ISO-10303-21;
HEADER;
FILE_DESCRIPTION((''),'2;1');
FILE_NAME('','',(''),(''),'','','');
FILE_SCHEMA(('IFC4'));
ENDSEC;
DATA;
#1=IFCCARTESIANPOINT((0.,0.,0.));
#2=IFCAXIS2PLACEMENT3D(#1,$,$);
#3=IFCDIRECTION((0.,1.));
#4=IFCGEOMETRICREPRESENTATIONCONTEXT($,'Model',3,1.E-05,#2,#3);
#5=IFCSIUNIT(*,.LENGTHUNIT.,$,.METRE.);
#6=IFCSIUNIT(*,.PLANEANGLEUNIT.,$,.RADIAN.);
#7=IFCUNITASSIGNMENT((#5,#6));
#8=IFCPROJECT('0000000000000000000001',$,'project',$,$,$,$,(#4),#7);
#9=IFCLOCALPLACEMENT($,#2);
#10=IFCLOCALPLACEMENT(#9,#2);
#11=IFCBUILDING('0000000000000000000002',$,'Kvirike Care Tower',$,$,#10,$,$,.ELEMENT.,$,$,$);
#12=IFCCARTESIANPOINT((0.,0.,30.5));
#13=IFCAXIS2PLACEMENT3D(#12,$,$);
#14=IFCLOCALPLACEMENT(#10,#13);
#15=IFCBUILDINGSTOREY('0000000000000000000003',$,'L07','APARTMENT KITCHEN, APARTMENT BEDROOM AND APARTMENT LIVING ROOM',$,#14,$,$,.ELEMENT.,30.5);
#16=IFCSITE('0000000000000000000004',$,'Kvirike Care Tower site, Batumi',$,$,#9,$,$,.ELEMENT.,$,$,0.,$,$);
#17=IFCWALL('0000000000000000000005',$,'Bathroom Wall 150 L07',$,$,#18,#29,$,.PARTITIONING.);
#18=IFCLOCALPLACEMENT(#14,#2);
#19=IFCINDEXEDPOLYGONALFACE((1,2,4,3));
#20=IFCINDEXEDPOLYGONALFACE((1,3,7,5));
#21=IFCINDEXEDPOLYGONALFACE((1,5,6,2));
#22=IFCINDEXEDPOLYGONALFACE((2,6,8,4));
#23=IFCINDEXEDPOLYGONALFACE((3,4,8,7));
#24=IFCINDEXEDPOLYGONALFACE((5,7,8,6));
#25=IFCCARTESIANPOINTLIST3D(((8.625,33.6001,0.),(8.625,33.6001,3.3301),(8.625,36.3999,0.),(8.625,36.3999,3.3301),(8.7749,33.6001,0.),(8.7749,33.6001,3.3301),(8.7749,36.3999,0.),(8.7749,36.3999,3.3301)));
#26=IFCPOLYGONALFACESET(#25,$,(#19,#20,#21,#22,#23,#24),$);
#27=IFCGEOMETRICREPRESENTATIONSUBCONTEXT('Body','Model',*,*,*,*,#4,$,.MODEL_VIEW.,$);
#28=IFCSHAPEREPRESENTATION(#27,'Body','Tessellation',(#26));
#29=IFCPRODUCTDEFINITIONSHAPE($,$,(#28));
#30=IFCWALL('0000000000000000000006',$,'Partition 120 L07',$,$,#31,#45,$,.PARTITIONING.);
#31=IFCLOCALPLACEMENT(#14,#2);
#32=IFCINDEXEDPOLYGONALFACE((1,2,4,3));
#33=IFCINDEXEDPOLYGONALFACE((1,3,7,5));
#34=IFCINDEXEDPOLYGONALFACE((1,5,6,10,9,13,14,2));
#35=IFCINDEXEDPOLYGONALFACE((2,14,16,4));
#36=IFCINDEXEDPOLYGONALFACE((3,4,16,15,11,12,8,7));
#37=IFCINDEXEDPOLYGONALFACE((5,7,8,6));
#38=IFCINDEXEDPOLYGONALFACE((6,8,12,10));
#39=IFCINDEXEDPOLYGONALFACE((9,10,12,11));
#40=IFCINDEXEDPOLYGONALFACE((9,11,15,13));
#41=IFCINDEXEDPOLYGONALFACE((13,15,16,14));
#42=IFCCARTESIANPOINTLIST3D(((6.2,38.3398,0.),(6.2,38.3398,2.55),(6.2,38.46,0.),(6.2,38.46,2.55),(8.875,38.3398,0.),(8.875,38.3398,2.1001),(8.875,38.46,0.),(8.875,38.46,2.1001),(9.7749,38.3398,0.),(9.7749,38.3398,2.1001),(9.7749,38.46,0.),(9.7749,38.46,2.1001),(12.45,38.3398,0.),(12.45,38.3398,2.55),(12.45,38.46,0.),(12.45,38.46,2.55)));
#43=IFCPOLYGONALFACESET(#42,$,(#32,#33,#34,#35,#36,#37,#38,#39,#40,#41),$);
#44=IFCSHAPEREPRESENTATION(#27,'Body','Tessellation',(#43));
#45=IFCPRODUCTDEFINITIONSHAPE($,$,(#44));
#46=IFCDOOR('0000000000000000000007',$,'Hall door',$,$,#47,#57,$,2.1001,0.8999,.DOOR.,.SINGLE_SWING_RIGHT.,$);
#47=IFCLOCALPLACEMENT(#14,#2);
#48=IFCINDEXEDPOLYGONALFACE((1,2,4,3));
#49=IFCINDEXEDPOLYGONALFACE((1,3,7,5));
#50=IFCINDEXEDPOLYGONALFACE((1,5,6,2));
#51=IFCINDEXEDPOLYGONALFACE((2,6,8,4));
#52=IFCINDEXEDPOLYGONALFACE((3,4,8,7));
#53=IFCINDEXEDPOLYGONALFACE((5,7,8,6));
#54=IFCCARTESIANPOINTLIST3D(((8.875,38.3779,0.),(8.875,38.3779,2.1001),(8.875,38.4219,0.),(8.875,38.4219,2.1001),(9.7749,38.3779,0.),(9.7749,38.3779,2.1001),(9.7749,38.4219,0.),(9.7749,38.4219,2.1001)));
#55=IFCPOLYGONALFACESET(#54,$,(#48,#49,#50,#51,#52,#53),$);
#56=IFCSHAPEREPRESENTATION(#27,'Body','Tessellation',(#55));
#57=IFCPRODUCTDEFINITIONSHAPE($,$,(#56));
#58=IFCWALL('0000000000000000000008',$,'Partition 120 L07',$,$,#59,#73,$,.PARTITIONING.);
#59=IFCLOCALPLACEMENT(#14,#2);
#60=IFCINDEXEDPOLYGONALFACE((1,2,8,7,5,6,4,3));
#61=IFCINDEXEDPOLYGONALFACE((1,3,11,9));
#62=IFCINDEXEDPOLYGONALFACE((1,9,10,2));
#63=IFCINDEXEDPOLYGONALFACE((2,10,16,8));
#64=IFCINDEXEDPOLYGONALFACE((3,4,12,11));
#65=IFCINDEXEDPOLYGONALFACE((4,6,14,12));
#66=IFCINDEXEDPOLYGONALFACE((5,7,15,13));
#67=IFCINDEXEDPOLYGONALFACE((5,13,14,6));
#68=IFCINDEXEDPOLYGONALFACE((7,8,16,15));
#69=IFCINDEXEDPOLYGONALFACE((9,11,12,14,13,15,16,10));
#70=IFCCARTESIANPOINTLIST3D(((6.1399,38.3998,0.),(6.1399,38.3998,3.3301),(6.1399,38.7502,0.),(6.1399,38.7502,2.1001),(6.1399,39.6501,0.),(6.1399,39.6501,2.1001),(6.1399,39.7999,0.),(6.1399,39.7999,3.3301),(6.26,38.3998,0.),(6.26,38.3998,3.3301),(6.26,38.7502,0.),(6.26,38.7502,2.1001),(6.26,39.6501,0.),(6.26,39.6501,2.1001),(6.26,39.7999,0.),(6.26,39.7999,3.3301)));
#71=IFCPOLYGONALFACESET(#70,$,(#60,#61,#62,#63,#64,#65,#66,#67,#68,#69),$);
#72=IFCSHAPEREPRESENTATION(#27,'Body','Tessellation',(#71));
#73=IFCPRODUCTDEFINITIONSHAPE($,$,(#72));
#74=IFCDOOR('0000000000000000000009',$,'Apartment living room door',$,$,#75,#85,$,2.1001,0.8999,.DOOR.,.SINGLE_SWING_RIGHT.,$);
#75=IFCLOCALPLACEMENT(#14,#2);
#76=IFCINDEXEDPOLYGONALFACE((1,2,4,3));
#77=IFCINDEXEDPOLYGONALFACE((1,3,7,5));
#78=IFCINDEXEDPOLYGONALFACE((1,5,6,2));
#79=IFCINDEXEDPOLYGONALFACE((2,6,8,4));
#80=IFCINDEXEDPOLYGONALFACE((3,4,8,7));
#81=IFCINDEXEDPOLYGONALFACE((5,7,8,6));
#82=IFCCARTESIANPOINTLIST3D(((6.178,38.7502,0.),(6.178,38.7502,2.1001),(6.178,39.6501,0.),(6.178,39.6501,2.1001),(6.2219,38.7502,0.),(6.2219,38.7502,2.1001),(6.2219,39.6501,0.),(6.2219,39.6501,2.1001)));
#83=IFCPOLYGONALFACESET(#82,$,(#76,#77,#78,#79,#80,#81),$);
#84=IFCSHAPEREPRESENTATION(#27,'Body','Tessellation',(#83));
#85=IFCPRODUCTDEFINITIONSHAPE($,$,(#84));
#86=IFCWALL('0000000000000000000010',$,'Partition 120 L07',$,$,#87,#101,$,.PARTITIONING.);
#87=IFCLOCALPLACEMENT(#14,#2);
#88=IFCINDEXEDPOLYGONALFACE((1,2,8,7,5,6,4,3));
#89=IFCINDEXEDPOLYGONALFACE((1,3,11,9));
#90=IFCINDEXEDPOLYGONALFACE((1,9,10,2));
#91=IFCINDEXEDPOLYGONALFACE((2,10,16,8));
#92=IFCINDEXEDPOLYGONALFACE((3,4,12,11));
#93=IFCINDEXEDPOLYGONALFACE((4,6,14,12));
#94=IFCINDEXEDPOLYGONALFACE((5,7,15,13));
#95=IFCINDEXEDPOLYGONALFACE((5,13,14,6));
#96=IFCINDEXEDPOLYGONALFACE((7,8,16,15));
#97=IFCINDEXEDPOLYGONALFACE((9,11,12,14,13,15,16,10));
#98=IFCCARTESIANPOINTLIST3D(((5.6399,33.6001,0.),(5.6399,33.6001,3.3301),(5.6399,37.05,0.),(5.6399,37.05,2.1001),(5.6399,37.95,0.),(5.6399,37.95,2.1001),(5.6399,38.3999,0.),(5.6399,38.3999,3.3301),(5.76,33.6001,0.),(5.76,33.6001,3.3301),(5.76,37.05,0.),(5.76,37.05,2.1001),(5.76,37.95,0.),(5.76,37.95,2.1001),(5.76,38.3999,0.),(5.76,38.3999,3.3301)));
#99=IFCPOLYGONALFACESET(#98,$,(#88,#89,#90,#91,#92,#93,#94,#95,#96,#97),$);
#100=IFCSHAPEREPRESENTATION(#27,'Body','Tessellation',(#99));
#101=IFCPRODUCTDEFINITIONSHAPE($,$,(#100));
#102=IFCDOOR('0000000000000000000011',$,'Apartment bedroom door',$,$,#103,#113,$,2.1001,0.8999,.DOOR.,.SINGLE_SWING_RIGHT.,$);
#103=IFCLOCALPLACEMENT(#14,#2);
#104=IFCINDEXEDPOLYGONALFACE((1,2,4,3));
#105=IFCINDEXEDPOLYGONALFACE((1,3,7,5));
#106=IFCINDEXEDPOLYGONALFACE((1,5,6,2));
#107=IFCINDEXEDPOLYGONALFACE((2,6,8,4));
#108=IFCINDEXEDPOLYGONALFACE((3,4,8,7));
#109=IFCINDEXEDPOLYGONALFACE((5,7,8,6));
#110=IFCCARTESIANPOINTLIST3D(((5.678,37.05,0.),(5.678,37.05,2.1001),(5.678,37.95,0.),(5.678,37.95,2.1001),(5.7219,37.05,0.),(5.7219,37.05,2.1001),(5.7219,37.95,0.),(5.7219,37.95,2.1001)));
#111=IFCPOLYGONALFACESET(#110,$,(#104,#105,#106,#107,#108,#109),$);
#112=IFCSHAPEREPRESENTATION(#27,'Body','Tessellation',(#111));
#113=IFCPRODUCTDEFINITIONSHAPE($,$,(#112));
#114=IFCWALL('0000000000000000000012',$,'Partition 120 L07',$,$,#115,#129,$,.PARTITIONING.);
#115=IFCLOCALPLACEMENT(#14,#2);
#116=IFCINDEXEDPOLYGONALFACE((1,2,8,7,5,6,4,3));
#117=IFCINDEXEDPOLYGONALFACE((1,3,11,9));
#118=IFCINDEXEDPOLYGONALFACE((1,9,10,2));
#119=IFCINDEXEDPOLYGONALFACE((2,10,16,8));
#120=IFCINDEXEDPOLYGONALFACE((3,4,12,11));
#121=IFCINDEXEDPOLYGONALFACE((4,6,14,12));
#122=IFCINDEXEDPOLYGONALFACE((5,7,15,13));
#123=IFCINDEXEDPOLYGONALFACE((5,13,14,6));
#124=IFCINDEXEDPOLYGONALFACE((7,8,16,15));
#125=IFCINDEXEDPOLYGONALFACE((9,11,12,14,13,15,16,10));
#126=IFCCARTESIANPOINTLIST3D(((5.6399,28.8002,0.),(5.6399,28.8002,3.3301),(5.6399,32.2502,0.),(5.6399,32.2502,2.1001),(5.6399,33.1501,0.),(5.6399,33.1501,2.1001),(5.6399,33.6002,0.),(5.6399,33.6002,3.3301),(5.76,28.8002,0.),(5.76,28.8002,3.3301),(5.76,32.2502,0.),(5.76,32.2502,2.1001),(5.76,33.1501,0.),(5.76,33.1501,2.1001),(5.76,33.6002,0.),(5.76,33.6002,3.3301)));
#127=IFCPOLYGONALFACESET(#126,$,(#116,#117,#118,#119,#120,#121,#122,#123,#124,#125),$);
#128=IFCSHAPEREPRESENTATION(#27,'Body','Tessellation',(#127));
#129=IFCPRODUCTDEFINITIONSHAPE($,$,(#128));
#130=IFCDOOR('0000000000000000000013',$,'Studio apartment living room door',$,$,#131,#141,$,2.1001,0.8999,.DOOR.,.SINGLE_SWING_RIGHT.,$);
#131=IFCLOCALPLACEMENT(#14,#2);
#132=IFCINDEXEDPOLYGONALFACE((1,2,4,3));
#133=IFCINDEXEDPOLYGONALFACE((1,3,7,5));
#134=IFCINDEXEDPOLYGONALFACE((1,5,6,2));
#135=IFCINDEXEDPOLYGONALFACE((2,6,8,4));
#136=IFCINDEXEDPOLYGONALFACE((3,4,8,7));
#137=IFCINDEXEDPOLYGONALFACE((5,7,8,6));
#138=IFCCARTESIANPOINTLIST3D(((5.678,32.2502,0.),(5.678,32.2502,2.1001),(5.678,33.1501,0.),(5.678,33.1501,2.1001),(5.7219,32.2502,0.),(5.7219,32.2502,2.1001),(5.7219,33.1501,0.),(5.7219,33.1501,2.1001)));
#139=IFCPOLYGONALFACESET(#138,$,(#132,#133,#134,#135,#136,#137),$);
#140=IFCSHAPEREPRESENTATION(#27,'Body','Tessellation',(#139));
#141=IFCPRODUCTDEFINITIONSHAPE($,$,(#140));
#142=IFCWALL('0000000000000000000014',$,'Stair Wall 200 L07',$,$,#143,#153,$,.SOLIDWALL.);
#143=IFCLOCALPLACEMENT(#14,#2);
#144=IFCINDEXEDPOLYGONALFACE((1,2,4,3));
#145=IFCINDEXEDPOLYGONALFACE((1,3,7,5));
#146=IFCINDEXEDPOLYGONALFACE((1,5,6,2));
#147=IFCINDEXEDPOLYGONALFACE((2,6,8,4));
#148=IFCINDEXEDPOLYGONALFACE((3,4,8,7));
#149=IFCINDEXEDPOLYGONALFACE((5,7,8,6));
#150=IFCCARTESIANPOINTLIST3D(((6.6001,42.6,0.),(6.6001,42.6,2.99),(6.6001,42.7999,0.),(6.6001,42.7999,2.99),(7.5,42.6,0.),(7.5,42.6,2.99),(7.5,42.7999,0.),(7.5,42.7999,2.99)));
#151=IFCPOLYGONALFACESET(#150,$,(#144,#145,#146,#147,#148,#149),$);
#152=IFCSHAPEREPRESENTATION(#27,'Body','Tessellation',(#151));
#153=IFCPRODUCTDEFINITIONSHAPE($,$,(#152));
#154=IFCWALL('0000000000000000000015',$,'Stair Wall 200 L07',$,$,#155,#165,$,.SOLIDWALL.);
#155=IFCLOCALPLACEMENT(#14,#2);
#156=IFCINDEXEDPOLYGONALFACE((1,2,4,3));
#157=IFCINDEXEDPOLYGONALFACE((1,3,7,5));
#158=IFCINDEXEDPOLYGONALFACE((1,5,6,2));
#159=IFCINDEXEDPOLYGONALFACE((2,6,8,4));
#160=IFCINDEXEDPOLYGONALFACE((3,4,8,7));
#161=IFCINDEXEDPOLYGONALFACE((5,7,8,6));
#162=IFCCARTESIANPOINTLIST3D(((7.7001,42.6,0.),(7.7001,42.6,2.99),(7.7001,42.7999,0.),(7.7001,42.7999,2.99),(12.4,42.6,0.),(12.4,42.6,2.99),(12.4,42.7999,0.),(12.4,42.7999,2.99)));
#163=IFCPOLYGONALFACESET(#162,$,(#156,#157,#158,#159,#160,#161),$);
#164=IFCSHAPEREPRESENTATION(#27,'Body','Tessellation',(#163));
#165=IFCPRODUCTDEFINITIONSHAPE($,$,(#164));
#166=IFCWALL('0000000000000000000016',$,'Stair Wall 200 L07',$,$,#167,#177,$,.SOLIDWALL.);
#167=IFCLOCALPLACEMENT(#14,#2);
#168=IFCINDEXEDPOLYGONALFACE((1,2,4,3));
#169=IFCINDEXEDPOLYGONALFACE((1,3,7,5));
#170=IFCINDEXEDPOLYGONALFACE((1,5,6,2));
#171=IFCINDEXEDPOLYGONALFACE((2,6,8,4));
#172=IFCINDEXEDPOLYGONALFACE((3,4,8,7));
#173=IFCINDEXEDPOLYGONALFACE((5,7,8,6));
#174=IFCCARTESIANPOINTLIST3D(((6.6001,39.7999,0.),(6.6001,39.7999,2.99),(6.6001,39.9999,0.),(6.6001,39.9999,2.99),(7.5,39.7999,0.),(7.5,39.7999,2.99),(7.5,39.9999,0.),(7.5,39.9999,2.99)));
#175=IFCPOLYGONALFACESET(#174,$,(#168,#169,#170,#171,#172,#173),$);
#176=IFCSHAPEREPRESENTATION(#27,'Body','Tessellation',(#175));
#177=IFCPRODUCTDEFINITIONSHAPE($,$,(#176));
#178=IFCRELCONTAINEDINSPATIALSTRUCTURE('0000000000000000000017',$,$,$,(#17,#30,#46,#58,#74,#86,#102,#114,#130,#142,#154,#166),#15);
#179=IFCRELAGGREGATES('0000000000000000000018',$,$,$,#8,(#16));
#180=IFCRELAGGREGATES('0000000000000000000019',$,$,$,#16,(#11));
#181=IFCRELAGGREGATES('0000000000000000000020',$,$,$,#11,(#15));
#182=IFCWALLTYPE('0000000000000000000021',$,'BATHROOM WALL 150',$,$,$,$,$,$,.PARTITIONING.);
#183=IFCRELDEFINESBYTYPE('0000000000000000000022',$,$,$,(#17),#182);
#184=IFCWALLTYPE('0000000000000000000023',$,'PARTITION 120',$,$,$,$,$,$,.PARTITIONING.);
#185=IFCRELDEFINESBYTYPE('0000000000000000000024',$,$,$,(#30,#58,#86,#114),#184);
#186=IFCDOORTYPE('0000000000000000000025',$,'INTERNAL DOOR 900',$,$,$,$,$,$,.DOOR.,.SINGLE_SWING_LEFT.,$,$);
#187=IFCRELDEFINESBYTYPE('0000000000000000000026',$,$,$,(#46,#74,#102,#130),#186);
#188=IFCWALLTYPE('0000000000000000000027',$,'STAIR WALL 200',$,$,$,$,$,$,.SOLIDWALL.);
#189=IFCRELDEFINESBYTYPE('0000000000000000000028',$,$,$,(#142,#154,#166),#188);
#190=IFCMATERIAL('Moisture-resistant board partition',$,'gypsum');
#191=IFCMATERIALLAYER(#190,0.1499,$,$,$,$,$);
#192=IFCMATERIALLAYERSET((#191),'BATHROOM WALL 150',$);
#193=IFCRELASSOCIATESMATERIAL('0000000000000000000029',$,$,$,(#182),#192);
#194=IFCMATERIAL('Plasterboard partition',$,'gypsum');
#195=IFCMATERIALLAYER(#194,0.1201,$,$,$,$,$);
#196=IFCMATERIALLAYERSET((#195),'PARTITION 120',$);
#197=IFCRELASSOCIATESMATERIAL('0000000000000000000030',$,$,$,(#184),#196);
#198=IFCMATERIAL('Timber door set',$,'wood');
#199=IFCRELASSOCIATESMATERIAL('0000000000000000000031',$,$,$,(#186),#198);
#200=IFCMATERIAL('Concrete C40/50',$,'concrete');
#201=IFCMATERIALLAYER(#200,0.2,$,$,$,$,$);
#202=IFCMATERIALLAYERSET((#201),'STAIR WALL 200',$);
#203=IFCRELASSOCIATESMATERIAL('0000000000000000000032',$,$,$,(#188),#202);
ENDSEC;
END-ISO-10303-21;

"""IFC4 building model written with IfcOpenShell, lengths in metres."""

from ifc_helpers import new_model, si_unit, direction, frame, frame_2d, origin, place, context, subcontext, project, spatial, rectangle, extrude, material, layer, layer_set, type_object, element, fill, save


model = new_model("IFC4")

# Units and contexts
model_context = context("Model", 3, precision=1e-05, world=origin(), true_north=direction((0.0, 1.0)))
body_context = subcontext(model_context, "Body", "Model", "MODEL_VIEW")
ifc_project = project(units=[si_unit("LENGTHUNIT", "METRE"), si_unit("PLANEANGLEUNIT", "RADIAN")], contexts=[model_context])

# Site, building, storey
site_placement = place(None, origin())
site = spatial("IfcSite", under=ifc_project, at=site_placement, Name="Kvirike Care Tower site, Batumi", CompositionType="ELEMENT", RefElevation=0.0)
building_placement = place(site_placement, origin())
building = spatial("IfcBuilding", under=site, at=building_placement, Name="Kvirike Care Tower", CompositionType="ELEMENT")
storey_placement = place(building_placement, frame((0.0, 0.0, 30.5)))
storey = spatial("IfcBuildingStorey", under=building, at=storey_placement, Name="L07", Description="APARTMENT KITCHEN, APARTMENT BEDROOM AND APARTMENT LIVING ROOM", CompositionType="ELEMENT", Elevation=30.5)

# Shared definitions
ifc_material_1 = material(Name="Moisture-resistant board partition", Category="gypsum")
ifc_layer_1 = layer(ifc_material_1, 0.1499)
ifc_layer_set_1 = layer_set([ifc_layer_1], Name="BATHROOM WALL 150")
wall_type_1 = type_object("IfcWallType", Name="BATHROOM WALL 150", PredefinedType="PARTITIONING", material=ifc_layer_set_1)

# Wall
wall_1_placement = place(storey_placement, frame((8.7, 36.3999, 0.0), z_axis=(0.0, 0.0, 1.0), x_axis=(0.0, -1.0, 0.0)))
element("IfcWall", 1, at=wall_1_placement, inside=storey, type_object=wall_type_1, Name="Bathroom Wall 150 L07", PredefinedType="PARTITIONING", context=body_context, shape_type="SweptSolid", body=[
    extrude(rectangle(XDim=2.7998, YDim=0.1499, at=frame_2d((1.3999, 0.0))), origin(), (0.0, 0.0, 1.0), 3.3301),
])

# Walls, openings, doors
ifc_material_2 = material(Name="Plasterboard partition", Category="gypsum")
ifc_layer_2 = layer(ifc_material_2, 0.1201)
ifc_layer_set_2 = layer_set([ifc_layer_2], Name="PARTITION 120")
wall_type_2 = type_object("IfcWallType", Name="PARTITION 120", PredefinedType="PARTITIONING", material=ifc_layer_set_2)
wall_2_placement = place(storey_placement, frame((6.2, 38.3999, 0.0), z_axis=(0.0, 0.0, 1.0), x_axis=(1.0, 0.0, 0.0)))
wall_2 = element("IfcWall", 2, at=wall_2_placement, inside=storey, type_object=wall_type_2, Name="Partition 120 L07", PredefinedType="PARTITIONING", context=body_context, shape_type="SweptSolid", body=[
    extrude(rectangle(XDim=6.25, YDim=0.1201, at=frame_2d((3.125, 0.0))), origin(), (0.0, 0.0, 1.0), 2.55),
])
opening_1_placement = place(wall_2_placement, frame((2.675, 0.0, 0.0)))
opening_1 = element("IfcOpeningElement", 3, at=opening_1_placement, cuts=wall_2, PredefinedType="OPENING", context=body_context, shape_type="SweptSolid", body=[
    extrude(rectangle(XDim=0.8999, YDim=2.1001, at=frame_2d((0.45, 1.05))), frame((0.0, 0.0706, 0.0), z_axis=(0.0, -1.0, 0.0), x_axis=(1.0, 0.0, 0.0)), (0.0, 0.0, 1.0), 0.1411),
])
ifc_material_3 = material(Name="Timber door set", Category="wood")
door_type_1 = type_object("IfcDoorType", Name="INTERNAL DOOR 900", OperationType="SINGLE_SWING_LEFT", PredefinedType="DOOR", material=ifc_material_3)
door_1_placement = place(opening_1_placement, origin())
door_1 = element("IfcDoor", 4, at=door_1_placement, inside=storey, type_object=door_type_1, Name="Hall door", OperationType="SINGLE_SWING_RIGHT", OverallHeight=2.1001, OverallWidth=0.8999, PredefinedType="DOOR", context=body_context, shape_type="SweptSolid", body=[
    extrude(rectangle(XDim=0.8999, YDim=2.1001, at=frame_2d((0.45, 1.05))), frame((0.0, 0.022, 0.0), z_axis=(0.0, -1.0, 0.0), x_axis=(1.0, 0.0, 0.0)), (0.0, 0.0, 1.0), 0.0439),
])
fill(opening_1, door_1)
wall_3_placement = place(storey_placement, frame((6.2, 39.8, 0.0), z_axis=(0.0, 0.0, 1.0), x_axis=(0.0, -1.0, 0.0)))
wall_3 = element("IfcWall", 5, at=wall_3_placement, inside=storey, type_object=wall_type_2, Name="Partition 120 L07", PredefinedType="PARTITIONING", context=body_context, shape_type="SweptSolid", body=[
    extrude(rectangle(XDim=1.4001, YDim=0.1201, at=frame_2d((0.7002, 0.0))), origin(), (0.0, 0.0, 1.0), 3.3301),
])
opening_2_placement = place(wall_3_placement, frame((0.1499, 0.0, 0.0)))
opening_2 = element("IfcOpeningElement", 6, at=opening_2_placement, cuts=wall_3, PredefinedType="OPENING", context=body_context, shape_type="SweptSolid", body=[
    extrude(rectangle(XDim=0.8999, YDim=2.1001, at=frame_2d((0.45, 1.05))), frame((0.0, 0.0706, 0.0), z_axis=(0.0, -1.0, 0.0), x_axis=(1.0, 0.0, 0.0)), (0.0, 0.0, 1.0), 0.1411),
])
door_2_placement = place(opening_2_placement, origin())
door_2 = element("IfcDoor", 7, at=door_2_placement, inside=storey, type_object=door_type_1, Name="Apartment living room door", OperationType="SINGLE_SWING_RIGHT", OverallHeight=2.1001, OverallWidth=0.8999, PredefinedType="DOOR", context=body_context, shape_type="SweptSolid", body=[
    extrude(rectangle(XDim=0.8999, YDim=2.1001, at=frame_2d((0.45, 1.05))), frame((0.0, 0.022, 0.0), z_axis=(0.0, -1.0, 0.0), x_axis=(1.0, 0.0, 0.0)), (0.0, 0.0, 1.0), 0.0439),
])
fill(opening_2, door_2)
wall_4_placement = place(storey_placement, frame((5.7, 38.3999, 0.0), z_axis=(0.0, 0.0, 1.0), x_axis=(0.0, -1.0, 0.0)))
wall_4 = element("IfcWall", 8, at=wall_4_placement, inside=storey, type_object=wall_type_2, Name="Partition 120 L07", PredefinedType="PARTITIONING", context=body_context, shape_type="SweptSolid", body=[
    extrude(rectangle(XDim=4.7998, YDim=0.1201, at=frame_2d((2.3999, 0.0))), origin(), (0.0, 0.0, 1.0), 3.3301),
])
opening_3_placement = place(wall_4_placement, frame((0.45, 0.0, 0.0)))
opening_3 = element("IfcOpeningElement", 9, at=opening_3_placement, cuts=wall_4, PredefinedType="OPENING", context=body_context, shape_type="SweptSolid", body=[
    extrude(rectangle(XDim=0.8999, YDim=2.1001, at=frame_2d((0.45, 1.05))), frame((0.0, 0.0706, 0.0), z_axis=(0.0, -1.0, 0.0), x_axis=(1.0, 0.0, 0.0)), (0.0, 0.0, 1.0), 0.1411),
])
door_3_placement = place(opening_3_placement, origin())
door_3 = element("IfcDoor", 10, at=door_3_placement, inside=storey, type_object=door_type_1, Name="Apartment bedroom door", OperationType="SINGLE_SWING_RIGHT", OverallHeight=2.1001, OverallWidth=0.8999, PredefinedType="DOOR", context=body_context, shape_type="SweptSolid", body=[
    extrude(rectangle(XDim=0.8999, YDim=2.1001, at=frame_2d((0.45, 1.05))), frame((0.0, 0.022, 0.0), z_axis=(0.0, -1.0, 0.0), x_axis=(1.0, 0.0, 0.0)), (0.0, 0.0, 1.0), 0.0439),
])
fill(opening_3, door_3)
wall_5_placement = place(storey_placement, frame((5.7, 33.6001, 0.0), z_axis=(0.0, 0.0, 1.0), x_axis=(0.0, -1.0, 0.0)))
wall_5 = element("IfcWall", 11, at=wall_5_placement, inside=storey, type_object=wall_type_2, Name="Partition 120 L07", PredefinedType="PARTITIONING", context=body_context, shape_type="SweptSolid", body=[
    extrude(rectangle(XDim=4.8, YDim=0.1201, at=frame_2d((2.3999, 0.0))), origin(), (0.0, 0.0, 1.0), 3.3301),
])
opening_4_placement = place(wall_5_placement, frame((0.45, 0.0, 0.0)))
opening_4 = element("IfcOpeningElement", 12, at=opening_4_placement, cuts=wall_5, PredefinedType="OPENING", context=body_context, shape_type="SweptSolid", body=[
    extrude(rectangle(XDim=0.8999, YDim=2.1001, at=frame_2d((0.45, 1.05))), frame((0.0, 0.0706, 0.0), z_axis=(0.0, -1.0, 0.0), x_axis=(1.0, 0.0, 0.0)), (0.0, 0.0, 1.0), 0.1411),
])
door_4_placement = place(opening_4_placement, origin())
door_4 = element("IfcDoor", 13, at=door_4_placement, inside=storey, type_object=door_type_1, Name="Studio apartment living room door", OperationType="SINGLE_SWING_RIGHT", OverallHeight=2.1001, OverallWidth=0.8999, PredefinedType="DOOR", context=body_context, shape_type="SweptSolid", body=[
    extrude(rectangle(XDim=0.8999, YDim=2.1001, at=frame_2d((0.45, 1.05))), frame((0.0, 0.022, 0.0), z_axis=(0.0, -1.0, 0.0), x_axis=(1.0, 0.0, 0.0)), (0.0, 0.0, 1.0), 0.0439),
])
fill(opening_4, door_4)

# Walls
ifc_material_4 = material(Name="Concrete C40/50", Category="concrete")
ifc_layer_3 = layer(ifc_material_4, 0.2)
ifc_layer_set_3 = layer_set([ifc_layer_3], Name="STAIR WALL 200")
wall_type_3 = type_object("IfcWallType", Name="STAIR WALL 200", PredefinedType="SOLIDWALL", material=ifc_layer_set_3)
wall_6_placement = place(storey_placement, frame((6.6001, 42.7, 0.0), z_axis=(0.0, 0.0, 1.0), x_axis=(1.0, 0.0, 0.0)))
element("IfcWall", 14, at=wall_6_placement, inside=storey, type_object=wall_type_3, Name="Stair Wall 200 L07", PredefinedType="SOLIDWALL", context=body_context, shape_type="SweptSolid", body=[
    extrude(rectangle(XDim=0.8999, YDim=0.2, at=frame_2d((0.45, 0.0))), origin(), (0.0, 0.0, 1.0), 2.99),
])
wall_7_placement = place(storey_placement, frame((7.7, 42.7, 0.0), z_axis=(0.0, 0.0, 1.0), x_axis=(1.0, 0.0, 0.0)))
element("IfcWall", 15, at=wall_7_placement, inside=storey, type_object=wall_type_3, Name="Stair Wall 200 L07", PredefinedType="SOLIDWALL", context=body_context, shape_type="SweptSolid", body=[
    extrude(rectangle(XDim=4.7, YDim=0.2, at=frame_2d((2.3501, 0.0))), origin(), (0.0, 0.0, 1.0), 2.99),
])
wall_8_placement = place(storey_placement, frame((6.6001, 39.8999, 0.0), z_axis=(0.0, 0.0, 1.0), x_axis=(1.0, 0.0, 0.0)))
element("IfcWall", 16, at=wall_8_placement, inside=storey, type_object=wall_type_3, Name="Stair Wall 200 L07", PredefinedType="SOLIDWALL", context=body_context, shape_type="SweptSolid", body=[
    extrude(rectangle(XDim=0.8999, YDim=0.2, at=frame_2d((0.45, 0.0))), origin(), (0.0, 0.0, 1.0), 2.99),
])

save(model, "model.ifc")
